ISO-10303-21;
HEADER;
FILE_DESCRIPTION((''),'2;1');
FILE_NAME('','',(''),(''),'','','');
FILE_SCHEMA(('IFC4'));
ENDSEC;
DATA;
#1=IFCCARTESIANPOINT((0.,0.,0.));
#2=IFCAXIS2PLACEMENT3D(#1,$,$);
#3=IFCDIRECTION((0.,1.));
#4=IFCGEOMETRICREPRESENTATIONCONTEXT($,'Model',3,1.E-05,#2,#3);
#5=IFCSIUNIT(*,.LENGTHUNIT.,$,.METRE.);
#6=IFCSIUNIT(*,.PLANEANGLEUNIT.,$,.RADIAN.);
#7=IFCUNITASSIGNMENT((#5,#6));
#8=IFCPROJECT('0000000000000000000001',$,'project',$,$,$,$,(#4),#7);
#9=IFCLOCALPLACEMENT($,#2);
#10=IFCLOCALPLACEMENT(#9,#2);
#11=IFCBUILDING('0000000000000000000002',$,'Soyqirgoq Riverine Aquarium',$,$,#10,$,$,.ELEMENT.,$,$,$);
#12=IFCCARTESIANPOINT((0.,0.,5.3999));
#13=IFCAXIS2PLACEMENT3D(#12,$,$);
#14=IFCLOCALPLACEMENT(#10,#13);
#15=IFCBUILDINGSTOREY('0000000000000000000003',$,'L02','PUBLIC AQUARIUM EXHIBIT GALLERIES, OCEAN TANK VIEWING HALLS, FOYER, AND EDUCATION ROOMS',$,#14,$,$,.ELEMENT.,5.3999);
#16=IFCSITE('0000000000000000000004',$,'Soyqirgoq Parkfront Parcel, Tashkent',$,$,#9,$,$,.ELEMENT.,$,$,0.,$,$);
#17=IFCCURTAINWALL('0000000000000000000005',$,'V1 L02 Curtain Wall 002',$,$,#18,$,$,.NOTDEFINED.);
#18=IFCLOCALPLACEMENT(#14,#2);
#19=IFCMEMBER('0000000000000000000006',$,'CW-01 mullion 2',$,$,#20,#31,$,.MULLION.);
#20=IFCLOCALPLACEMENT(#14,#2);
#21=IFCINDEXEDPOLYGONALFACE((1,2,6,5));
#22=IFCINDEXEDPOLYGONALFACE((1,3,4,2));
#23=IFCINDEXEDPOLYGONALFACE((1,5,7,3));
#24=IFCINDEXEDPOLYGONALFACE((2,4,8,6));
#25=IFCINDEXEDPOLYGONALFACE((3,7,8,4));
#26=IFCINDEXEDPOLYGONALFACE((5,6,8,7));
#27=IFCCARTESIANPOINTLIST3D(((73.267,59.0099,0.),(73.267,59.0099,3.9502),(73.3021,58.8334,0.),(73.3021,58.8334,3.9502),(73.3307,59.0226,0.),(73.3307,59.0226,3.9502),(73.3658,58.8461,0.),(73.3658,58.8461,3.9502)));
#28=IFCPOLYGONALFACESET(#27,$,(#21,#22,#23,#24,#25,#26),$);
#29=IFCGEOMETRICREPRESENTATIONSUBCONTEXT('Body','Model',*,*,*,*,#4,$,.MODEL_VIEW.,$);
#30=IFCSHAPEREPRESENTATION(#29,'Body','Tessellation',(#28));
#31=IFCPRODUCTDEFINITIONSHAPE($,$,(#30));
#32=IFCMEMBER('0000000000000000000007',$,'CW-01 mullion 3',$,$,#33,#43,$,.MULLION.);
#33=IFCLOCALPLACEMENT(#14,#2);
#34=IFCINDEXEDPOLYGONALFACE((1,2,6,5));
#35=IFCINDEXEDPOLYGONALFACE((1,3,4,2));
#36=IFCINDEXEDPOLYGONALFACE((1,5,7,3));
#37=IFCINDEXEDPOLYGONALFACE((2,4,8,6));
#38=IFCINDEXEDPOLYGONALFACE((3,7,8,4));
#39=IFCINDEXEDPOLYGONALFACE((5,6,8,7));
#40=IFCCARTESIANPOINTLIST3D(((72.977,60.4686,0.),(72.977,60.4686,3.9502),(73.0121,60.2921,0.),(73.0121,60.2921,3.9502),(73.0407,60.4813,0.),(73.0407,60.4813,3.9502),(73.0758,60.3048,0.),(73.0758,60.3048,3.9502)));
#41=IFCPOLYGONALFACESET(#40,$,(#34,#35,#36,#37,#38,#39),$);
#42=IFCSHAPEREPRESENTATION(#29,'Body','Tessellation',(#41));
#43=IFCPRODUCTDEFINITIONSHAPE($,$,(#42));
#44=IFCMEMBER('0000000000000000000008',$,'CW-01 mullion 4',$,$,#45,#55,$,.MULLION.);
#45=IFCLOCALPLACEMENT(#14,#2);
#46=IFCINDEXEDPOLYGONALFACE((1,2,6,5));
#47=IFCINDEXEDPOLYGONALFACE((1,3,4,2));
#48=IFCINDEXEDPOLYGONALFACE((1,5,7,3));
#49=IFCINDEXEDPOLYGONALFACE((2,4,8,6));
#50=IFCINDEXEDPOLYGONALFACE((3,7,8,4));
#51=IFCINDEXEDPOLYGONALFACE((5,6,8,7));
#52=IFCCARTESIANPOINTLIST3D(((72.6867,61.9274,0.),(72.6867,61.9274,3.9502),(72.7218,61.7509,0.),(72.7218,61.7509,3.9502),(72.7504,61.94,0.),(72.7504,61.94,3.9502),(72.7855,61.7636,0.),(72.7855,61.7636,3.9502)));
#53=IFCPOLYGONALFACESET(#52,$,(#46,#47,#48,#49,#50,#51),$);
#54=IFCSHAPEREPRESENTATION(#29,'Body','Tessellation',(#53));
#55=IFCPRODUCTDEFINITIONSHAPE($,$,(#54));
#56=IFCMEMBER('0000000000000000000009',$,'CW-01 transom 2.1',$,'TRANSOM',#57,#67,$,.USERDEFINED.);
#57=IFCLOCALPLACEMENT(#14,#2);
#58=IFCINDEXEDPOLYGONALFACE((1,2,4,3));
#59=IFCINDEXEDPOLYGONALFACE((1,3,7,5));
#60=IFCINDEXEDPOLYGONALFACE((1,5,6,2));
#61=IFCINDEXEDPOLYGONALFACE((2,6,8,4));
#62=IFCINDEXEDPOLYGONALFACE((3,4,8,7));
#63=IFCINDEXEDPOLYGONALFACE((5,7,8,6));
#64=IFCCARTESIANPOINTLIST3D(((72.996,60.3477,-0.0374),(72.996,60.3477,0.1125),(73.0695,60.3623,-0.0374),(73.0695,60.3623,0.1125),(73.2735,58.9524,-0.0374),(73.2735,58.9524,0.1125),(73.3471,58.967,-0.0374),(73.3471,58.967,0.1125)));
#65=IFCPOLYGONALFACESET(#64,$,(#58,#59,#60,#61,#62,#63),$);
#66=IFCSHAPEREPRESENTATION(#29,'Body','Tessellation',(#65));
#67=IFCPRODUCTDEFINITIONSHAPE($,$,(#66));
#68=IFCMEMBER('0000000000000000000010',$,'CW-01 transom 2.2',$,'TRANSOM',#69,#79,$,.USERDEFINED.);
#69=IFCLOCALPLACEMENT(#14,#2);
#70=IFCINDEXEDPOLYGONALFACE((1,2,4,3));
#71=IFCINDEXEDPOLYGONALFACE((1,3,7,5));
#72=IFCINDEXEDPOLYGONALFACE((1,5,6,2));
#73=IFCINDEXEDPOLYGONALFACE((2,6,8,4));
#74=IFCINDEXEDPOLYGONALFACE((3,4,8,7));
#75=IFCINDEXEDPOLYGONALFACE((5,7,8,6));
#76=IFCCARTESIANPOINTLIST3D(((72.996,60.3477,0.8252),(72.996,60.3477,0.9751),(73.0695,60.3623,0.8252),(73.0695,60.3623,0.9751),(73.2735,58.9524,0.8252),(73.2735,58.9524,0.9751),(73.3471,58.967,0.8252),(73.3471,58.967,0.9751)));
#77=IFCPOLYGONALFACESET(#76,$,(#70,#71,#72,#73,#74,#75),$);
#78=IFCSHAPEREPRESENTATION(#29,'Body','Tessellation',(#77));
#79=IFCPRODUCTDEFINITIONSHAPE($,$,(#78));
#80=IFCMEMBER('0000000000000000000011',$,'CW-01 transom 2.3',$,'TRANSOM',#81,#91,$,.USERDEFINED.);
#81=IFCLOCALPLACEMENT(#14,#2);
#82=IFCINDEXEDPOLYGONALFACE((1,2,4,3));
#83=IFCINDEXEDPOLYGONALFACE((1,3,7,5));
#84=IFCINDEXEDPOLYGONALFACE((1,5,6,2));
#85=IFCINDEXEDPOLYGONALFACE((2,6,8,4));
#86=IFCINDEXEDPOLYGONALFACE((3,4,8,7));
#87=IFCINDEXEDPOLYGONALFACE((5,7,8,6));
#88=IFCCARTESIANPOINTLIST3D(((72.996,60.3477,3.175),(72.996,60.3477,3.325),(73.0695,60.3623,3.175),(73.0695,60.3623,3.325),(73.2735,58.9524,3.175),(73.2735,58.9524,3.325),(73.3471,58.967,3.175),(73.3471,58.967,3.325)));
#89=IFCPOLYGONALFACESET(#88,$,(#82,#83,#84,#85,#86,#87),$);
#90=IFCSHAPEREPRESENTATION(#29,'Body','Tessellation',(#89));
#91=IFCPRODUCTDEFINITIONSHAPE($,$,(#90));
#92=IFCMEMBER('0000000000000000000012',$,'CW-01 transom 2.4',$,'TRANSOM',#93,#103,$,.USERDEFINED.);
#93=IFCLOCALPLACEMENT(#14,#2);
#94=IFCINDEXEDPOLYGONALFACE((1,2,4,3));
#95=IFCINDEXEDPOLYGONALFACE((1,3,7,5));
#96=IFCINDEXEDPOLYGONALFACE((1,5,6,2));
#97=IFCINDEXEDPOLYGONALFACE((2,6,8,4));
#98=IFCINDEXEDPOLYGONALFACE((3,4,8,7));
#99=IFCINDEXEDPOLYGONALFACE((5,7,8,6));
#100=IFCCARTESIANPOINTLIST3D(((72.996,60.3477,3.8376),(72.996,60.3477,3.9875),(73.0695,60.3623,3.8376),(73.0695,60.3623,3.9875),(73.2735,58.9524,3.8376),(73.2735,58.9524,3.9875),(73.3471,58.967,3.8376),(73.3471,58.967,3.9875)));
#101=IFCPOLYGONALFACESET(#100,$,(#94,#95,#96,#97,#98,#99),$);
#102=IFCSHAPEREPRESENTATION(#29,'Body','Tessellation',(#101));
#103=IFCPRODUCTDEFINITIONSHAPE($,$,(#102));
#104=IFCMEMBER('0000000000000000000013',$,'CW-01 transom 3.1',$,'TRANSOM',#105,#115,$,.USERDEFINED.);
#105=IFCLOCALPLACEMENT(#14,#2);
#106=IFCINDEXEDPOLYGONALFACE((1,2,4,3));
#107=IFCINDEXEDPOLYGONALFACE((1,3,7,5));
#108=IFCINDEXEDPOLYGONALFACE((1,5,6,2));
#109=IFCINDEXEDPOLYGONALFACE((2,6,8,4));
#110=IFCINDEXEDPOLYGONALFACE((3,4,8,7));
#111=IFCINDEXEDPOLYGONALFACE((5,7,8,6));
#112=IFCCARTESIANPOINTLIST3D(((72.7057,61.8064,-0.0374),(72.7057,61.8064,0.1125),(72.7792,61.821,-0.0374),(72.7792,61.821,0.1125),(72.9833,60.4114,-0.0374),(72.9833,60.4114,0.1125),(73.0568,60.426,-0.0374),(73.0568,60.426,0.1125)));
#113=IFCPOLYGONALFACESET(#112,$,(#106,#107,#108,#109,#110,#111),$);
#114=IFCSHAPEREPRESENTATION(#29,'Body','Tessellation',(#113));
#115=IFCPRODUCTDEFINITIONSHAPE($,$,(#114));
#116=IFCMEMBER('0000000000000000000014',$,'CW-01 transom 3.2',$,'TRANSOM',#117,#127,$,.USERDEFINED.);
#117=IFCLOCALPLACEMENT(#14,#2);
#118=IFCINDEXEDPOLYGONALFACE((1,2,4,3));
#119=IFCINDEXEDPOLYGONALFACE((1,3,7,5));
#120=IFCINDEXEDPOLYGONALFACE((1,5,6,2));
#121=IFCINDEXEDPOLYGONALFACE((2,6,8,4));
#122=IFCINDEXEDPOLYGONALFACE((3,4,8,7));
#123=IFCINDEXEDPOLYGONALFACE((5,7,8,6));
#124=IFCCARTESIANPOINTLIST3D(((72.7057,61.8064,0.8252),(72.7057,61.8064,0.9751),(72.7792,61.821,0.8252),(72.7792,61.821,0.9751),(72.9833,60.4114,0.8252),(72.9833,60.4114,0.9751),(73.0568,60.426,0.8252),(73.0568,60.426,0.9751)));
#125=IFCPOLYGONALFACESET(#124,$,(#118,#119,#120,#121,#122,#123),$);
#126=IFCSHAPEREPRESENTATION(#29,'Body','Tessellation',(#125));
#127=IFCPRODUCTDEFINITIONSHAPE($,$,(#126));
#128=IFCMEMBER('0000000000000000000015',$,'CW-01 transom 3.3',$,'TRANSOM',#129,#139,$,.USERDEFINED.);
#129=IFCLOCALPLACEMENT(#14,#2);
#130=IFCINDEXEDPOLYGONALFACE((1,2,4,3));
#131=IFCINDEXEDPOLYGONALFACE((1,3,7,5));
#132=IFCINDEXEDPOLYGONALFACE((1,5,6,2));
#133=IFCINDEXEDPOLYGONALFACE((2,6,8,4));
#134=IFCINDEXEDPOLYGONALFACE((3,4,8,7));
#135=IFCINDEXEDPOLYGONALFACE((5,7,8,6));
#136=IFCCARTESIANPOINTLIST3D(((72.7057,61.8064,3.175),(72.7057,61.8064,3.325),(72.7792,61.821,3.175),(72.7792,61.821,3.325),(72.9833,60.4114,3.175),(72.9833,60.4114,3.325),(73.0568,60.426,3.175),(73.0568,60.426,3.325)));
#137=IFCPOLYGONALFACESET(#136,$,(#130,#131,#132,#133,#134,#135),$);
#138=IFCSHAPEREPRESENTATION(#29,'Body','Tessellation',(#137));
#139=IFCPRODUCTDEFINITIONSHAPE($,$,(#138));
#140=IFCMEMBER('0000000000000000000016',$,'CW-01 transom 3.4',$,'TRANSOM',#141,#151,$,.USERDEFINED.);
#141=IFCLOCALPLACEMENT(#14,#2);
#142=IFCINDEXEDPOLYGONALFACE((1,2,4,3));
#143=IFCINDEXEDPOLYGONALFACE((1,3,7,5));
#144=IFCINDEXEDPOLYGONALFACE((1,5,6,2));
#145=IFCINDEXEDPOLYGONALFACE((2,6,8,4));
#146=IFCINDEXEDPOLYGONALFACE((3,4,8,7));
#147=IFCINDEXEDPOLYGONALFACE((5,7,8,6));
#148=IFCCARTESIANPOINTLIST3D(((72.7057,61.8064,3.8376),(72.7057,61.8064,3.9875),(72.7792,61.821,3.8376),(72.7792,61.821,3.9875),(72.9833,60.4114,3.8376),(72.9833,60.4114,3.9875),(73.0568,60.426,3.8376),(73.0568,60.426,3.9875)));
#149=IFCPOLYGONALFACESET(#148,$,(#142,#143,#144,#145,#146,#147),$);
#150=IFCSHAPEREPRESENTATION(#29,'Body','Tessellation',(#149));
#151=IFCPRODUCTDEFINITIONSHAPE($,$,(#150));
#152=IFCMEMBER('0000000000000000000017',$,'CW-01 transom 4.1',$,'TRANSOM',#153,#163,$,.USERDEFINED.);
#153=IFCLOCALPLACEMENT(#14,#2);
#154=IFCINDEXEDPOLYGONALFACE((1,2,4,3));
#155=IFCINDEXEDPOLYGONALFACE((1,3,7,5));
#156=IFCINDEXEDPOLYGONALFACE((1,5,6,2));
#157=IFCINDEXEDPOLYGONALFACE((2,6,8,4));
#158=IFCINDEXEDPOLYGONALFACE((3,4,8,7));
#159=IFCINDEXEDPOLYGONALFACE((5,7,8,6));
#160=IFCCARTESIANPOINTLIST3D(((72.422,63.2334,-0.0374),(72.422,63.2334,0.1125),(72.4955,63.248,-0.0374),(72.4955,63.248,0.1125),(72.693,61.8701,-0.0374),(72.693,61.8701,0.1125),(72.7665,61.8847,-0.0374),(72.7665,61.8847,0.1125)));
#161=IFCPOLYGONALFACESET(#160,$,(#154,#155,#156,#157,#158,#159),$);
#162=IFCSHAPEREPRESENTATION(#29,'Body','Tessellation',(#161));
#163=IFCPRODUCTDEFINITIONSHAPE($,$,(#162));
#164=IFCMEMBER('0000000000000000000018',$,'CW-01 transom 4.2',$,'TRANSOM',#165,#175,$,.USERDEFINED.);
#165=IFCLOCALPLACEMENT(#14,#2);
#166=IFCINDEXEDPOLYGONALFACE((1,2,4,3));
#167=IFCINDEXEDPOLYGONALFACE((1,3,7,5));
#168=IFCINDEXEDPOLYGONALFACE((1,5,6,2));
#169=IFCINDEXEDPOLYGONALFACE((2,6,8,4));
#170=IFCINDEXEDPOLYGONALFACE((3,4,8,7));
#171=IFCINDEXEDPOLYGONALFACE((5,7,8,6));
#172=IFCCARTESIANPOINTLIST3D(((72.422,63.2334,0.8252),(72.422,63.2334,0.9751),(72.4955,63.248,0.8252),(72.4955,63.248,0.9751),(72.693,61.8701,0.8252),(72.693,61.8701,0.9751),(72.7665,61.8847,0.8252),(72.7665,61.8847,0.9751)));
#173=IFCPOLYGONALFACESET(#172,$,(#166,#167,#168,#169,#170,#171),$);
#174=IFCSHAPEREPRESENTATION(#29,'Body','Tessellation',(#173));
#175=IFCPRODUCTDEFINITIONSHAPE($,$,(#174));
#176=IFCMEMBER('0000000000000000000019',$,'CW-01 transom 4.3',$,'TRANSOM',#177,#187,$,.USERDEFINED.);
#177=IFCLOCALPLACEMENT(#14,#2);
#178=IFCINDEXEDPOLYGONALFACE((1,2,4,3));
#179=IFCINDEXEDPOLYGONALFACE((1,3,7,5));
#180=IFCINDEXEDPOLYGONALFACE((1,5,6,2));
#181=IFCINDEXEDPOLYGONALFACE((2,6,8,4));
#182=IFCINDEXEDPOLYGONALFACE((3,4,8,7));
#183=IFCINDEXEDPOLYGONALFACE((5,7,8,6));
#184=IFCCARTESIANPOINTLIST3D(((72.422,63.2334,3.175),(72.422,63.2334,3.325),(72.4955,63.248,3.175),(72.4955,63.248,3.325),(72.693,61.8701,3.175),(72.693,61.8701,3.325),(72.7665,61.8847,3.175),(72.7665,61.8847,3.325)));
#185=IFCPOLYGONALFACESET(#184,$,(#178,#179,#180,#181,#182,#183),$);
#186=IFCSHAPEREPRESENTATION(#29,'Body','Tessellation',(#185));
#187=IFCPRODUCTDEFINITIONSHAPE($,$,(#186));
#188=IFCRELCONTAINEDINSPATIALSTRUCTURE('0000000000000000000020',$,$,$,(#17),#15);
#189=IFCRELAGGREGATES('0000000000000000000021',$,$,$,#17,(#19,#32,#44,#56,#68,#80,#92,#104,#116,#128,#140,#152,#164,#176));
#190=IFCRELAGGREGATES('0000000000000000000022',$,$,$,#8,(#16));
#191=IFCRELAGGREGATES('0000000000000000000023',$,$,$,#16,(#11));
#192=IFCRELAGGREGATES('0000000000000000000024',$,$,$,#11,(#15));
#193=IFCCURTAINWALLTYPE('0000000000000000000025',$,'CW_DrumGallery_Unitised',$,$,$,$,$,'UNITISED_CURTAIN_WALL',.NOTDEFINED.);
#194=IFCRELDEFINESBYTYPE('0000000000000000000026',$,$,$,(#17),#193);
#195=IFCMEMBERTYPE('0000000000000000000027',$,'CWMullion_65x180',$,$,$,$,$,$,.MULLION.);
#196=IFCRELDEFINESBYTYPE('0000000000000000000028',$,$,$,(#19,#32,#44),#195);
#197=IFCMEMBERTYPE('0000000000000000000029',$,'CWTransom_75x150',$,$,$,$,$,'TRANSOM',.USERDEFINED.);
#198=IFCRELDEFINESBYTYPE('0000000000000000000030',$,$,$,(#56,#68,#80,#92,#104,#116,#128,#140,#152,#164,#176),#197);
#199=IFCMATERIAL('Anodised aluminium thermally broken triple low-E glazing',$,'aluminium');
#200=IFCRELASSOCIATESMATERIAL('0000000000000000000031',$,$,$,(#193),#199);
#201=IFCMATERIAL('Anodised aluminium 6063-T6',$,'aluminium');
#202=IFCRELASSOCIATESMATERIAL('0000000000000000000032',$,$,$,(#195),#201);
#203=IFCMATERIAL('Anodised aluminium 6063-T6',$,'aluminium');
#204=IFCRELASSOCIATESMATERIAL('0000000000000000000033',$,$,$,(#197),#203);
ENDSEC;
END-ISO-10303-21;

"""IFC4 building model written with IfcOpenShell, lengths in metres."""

from ifc_helpers import new_model, si_unit, direction, frame, origin, origin_2d, place, context, subcontext, project, spatial, rectangle, extrude, material, material_profile, profile_set, type_object, element, aggregate, save


model = new_model("IFC4")

# Units and contexts
model_context = context("Model", 3, precision=1e-05, world=origin(), true_north=direction((0.0, 1.0)))
body_context = subcontext(model_context, "Body", "Model", "MODEL_VIEW")
ifc_project = project(units=[si_unit("LENGTHUNIT", "METRE"), si_unit("PLANEANGLEUNIT", "RADIAN")], contexts=[model_context])

# Site, building, storey
site_placement = place(None, origin())
site = spatial("IfcSite", under=ifc_project, at=site_placement, Name="Soyqirgoq Parkfront Parcel, Tashkent", CompositionType="ELEMENT", RefElevation=0.0)
building_placement = place(site_placement, origin())
building = spatial("IfcBuilding", under=site, at=building_placement, Name="Soyqirgoq Riverine Aquarium", CompositionType="ELEMENT")
storey_placement = place(building_placement, frame((0.0, 0.0, 5.3999)))
storey = spatial("IfcBuildingStorey", under=building, at=storey_placement, Name="L02", Description="PUBLIC AQUARIUM EXHIBIT GALLERIES, OCEAN TANK VIEWING HALLS, FOYER, AND EDUCATION ROOMS", CompositionType="ELEMENT", Elevation=5.3999)

# Curtain wall, members
ifc_material_1 = material(Name="Anodised aluminium thermally broken triple low-E glazing", Category="aluminium")
curtain_wall_type = type_object("IfcCurtainWallType", Name="CW_DrumGallery_Unitised", ElementType="UNITISED_CURTAIN_WALL", PredefinedType="NOTDEFINED", material=ifc_material_1)
curtain_wall_placement = place(storey_placement, origin())
curtain_wall = element("IfcCurtainWall", 1, at=curtain_wall_placement, inside=storey, type_object=curtain_wall_type, Name="V1 L02 Curtain Wall 002", PredefinedType="NOTDEFINED")
ifc_material_2 = material(Name="Anodised aluminium 6063-T6", Category="aluminium")
ifc_material_profile_1 = material_profile(ifc_material_2, rectangle(XDim=0.0649, YDim=0.1799, at=origin_2d()), Name="ALU-M 65x180")
ifc_profile_set_1 = profile_set([ifc_material_profile_1], Name="Anodised aluminium 6063-T6")
member_type_1 = type_object("IfcMemberType", Name="CWMullion_65x180", PredefinedType="MULLION", material=ifc_profile_set_1)
member_1_placement = place(storey_placement, frame((73.3164, 58.928, 0.0), z_axis=(0.0, 0.0, 1.0), x_axis=(-0.980786, -0.195088, 0.0)))
member_1 = element("IfcMember", 2, at=member_1_placement, type_object=member_type_1, Name="CW-01 mullion 2", PredefinedType="MULLION", context=body_context, shape_type="SweptSolid", body=[
    extrude(rectangle(XDim=0.0649, YDim=0.1799, at=origin_2d()), origin(), (0.0, 0.0, 1.0), 3.9502),
])
member_2_placement = place(storey_placement, frame((73.0264, 60.3867, 0.0), z_axis=(0.0, 0.0, 1.0), x_axis=(-0.980786, -0.195088, 0.0)))
member_2 = element("IfcMember", 3, at=member_2_placement, type_object=member_type_1, Name="CW-01 mullion 3", PredefinedType="MULLION", context=body_context, shape_type="SweptSolid", body=[
    extrude(rectangle(XDim=0.0649, YDim=0.1799, at=origin_2d()), origin(), (0.0, 0.0, 1.0), 3.9502),
])
member_3_placement = place(storey_placement, frame((72.7361, 61.8455, 0.0), z_axis=(0.0, 0.0, 1.0), x_axis=(-0.980786, -0.195088, 0.0)))
member_3 = element("IfcMember", 4, at=member_3_placement, type_object=member_type_1, Name="CW-01 mullion 4", PredefinedType="MULLION", context=body_context, shape_type="SweptSolid", body=[
    extrude(rectangle(XDim=0.0649, YDim=0.1799, at=origin_2d()), origin(), (0.0, 0.0, 1.0), 3.9502),
])
ifc_material_3 = material(Name="Anodised aluminium 6063-T6", Category="aluminium")
ifc_material_profile_2 = material_profile(ifc_material_3, rectangle(XDim=0.075, YDim=0.1499, at=origin_2d()), Name="ALU-T 75x150")
ifc_profile_set_2 = profile_set([ifc_material_profile_2], Name="Anodised aluminium 6063-T6")
member_type_2 = type_object("IfcMemberType", Name="CWTransom_75x150", ElementType="TRANSOM", PredefinedType="USERDEFINED", material=ifc_profile_set_2)
member_4_placement = place(storey_placement, frame((73.3103, 58.9597, 0.0376), z_axis=(-0.195126, 0.980778, 0.0), x_axis=(-0.980778, -0.195126, 0.0)))
member_4 = element("IfcMember", 5, at=member_4_placement, type_object=member_type_2, Name="CW-01 transom 2.1", ObjectType="TRANSOM", PredefinedType="USERDEFINED", context=body_context, shape_type="SweptSolid", body=[
    extrude(rectangle(XDim=0.075, YDim=0.1499, at=origin_2d()), origin(), (0.0, 0.0, 1.0), 1.4226),
])
member_5_placement = place(storey_placement, frame((73.3103, 58.9597, 0.9001), z_axis=(-0.195126, 0.980778, 0.0), x_axis=(-0.980778, -0.195126, 0.0)))
member_5 = element("IfcMember", 6, at=member_5_placement, type_object=member_type_2, Name="CW-01 transom 2.2", ObjectType="TRANSOM", PredefinedType="USERDEFINED", context=body_context, shape_type="SweptSolid", body=[
    extrude(rectangle(XDim=0.075, YDim=0.1499, at=origin_2d()), origin(), (0.0, 0.0, 1.0), 1.4226),
])
member_6_placement = place(storey_placement, frame((73.3103, 58.9597, 3.25), z_axis=(-0.195126, 0.980778, 0.0), x_axis=(-0.980778, -0.195126, 0.0)))
member_6 = element("IfcMember", 7, at=member_6_placement, type_object=member_type_2, Name="CW-01 transom 2.3", ObjectType="TRANSOM", PredefinedType="USERDEFINED", context=body_context, shape_type="SweptSolid", body=[
    extrude(rectangle(XDim=0.075, YDim=0.1499, at=origin_2d()), origin(), (0.0, 0.0, 1.0), 1.4226),
])
member_7_placement = place(storey_placement, frame((73.3103, 58.9597, 3.9126), z_axis=(-0.195126, 0.980778, 0.0), x_axis=(-0.980778, -0.195126, 0.0)))
member_7 = element("IfcMember", 8, at=member_7_placement, type_object=member_type_2, Name="CW-01 transom 2.4", ObjectType="TRANSOM", PredefinedType="USERDEFINED", context=body_context, shape_type="SweptSolid", body=[
    extrude(rectangle(XDim=0.075, YDim=0.1499, at=origin_2d()), origin(), (0.0, 0.0, 1.0), 1.4226),
])
member_8_placement = place(storey_placement, frame((73.02, 60.4187, 0.0376), z_axis=(-0.195159, 0.980772, 0.0), x_axis=(-0.980772, -0.195159, 0.0)))
member_8 = element("IfcMember", 9, at=member_8_placement, type_object=member_type_2, Name="CW-01 transom 3.1", ObjectType="TRANSOM", PredefinedType="USERDEFINED", context=body_context, shape_type="SweptSolid", body=[
    extrude(rectangle(XDim=0.075, YDim=0.1499, at=origin_2d()), origin(), (0.0, 0.0, 1.0), 1.4224),
])
member_9_placement = place(storey_placement, frame((73.02, 60.4187, 0.9001), z_axis=(-0.195159, 0.980772, 0.0), x_axis=(-0.980772, -0.195159, 0.0)))
member_9 = element("IfcMember", 10, at=member_9_placement, type_object=member_type_2, Name="CW-01 transom 3.2", ObjectType="TRANSOM", PredefinedType="USERDEFINED", context=body_context, shape_type="SweptSolid", body=[
    extrude(rectangle(XDim=0.075, YDim=0.1499, at=origin_2d()), origin(), (0.0, 0.0, 1.0), 1.4224),
])
member_10_placement = place(storey_placement, frame((73.02, 60.4187, 3.25), z_axis=(-0.195159, 0.980772, 0.0), x_axis=(-0.980772, -0.195159, 0.0)))
member_10 = element("IfcMember", 11, at=member_10_placement, type_object=member_type_2, Name="CW-01 transom 3.3", ObjectType="TRANSOM", PredefinedType="USERDEFINED", context=body_context, shape_type="SweptSolid", body=[
    extrude(rectangle(XDim=0.075, YDim=0.1499, at=origin_2d()), origin(), (0.0, 0.0, 1.0), 1.4224),
])
member_11_placement = place(storey_placement, frame((73.02, 60.4187, 3.9126), z_axis=(-0.195159, 0.980772, 0.0), x_axis=(-0.980772, -0.195159, 0.0)))
member_11 = element("IfcMember", 12, at=member_11_placement, type_object=member_type_2, Name="CW-01 transom 3.4", ObjectType="TRANSOM", PredefinedType="USERDEFINED", context=body_context, shape_type="SweptSolid", body=[
    extrude(rectangle(XDim=0.075, YDim=0.1499, at=origin_2d()), origin(), (0.0, 0.0, 1.0), 1.4224),
])
member_12_placement = place(storey_placement, frame((72.7297, 61.8774, 0.0376), z_axis=(-0.194968, 0.98081, 0.0), x_axis=(-0.98081, -0.194968, 0.0)))
member_12 = element("IfcMember", 13, at=member_12_placement, type_object=member_type_2, Name="CW-01 transom 4.1", ObjectType="TRANSOM", PredefinedType="USERDEFINED", context=body_context, shape_type="SweptSolid", body=[
    extrude(rectangle(XDim=0.075, YDim=0.1499, at=origin_2d()), origin(), (0.0, 0.0, 1.0), 1.3899),
])
member_13_placement = place(storey_placement, frame((72.7297, 61.8774, 0.9001), z_axis=(-0.194968, 0.98081, 0.0), x_axis=(-0.98081, -0.194968, 0.0)))
member_13 = element("IfcMember", 14, at=member_13_placement, type_object=member_type_2, Name="CW-01 transom 4.2", ObjectType="TRANSOM", PredefinedType="USERDEFINED", context=body_context, shape_type="SweptSolid", body=[
    extrude(rectangle(XDim=0.075, YDim=0.1499, at=origin_2d()), origin(), (0.0, 0.0, 1.0), 1.3899),
])
member_14_placement = place(storey_placement, frame((72.7297, 61.8774, 3.25), z_axis=(-0.194968, 0.98081, 0.0), x_axis=(-0.98081, -0.194968, 0.0)))
member_14 = element("IfcMember", 15, at=member_14_placement, type_object=member_type_2, Name="CW-01 transom 4.3", ObjectType="TRANSOM", PredefinedType="USERDEFINED", context=body_context, shape_type="SweptSolid", body=[
    extrude(rectangle(XDim=0.075, YDim=0.1499, at=origin_2d()), origin(), (0.0, 0.0, 1.0), 1.3899),
])
aggregate(curtain_wall, [member_1, member_2, member_3, member_4, member_5, member_6, member_7, member_8, member_9, member_10, member_11, member_12, member_13, member_14])

save(model, "model.ifc")
